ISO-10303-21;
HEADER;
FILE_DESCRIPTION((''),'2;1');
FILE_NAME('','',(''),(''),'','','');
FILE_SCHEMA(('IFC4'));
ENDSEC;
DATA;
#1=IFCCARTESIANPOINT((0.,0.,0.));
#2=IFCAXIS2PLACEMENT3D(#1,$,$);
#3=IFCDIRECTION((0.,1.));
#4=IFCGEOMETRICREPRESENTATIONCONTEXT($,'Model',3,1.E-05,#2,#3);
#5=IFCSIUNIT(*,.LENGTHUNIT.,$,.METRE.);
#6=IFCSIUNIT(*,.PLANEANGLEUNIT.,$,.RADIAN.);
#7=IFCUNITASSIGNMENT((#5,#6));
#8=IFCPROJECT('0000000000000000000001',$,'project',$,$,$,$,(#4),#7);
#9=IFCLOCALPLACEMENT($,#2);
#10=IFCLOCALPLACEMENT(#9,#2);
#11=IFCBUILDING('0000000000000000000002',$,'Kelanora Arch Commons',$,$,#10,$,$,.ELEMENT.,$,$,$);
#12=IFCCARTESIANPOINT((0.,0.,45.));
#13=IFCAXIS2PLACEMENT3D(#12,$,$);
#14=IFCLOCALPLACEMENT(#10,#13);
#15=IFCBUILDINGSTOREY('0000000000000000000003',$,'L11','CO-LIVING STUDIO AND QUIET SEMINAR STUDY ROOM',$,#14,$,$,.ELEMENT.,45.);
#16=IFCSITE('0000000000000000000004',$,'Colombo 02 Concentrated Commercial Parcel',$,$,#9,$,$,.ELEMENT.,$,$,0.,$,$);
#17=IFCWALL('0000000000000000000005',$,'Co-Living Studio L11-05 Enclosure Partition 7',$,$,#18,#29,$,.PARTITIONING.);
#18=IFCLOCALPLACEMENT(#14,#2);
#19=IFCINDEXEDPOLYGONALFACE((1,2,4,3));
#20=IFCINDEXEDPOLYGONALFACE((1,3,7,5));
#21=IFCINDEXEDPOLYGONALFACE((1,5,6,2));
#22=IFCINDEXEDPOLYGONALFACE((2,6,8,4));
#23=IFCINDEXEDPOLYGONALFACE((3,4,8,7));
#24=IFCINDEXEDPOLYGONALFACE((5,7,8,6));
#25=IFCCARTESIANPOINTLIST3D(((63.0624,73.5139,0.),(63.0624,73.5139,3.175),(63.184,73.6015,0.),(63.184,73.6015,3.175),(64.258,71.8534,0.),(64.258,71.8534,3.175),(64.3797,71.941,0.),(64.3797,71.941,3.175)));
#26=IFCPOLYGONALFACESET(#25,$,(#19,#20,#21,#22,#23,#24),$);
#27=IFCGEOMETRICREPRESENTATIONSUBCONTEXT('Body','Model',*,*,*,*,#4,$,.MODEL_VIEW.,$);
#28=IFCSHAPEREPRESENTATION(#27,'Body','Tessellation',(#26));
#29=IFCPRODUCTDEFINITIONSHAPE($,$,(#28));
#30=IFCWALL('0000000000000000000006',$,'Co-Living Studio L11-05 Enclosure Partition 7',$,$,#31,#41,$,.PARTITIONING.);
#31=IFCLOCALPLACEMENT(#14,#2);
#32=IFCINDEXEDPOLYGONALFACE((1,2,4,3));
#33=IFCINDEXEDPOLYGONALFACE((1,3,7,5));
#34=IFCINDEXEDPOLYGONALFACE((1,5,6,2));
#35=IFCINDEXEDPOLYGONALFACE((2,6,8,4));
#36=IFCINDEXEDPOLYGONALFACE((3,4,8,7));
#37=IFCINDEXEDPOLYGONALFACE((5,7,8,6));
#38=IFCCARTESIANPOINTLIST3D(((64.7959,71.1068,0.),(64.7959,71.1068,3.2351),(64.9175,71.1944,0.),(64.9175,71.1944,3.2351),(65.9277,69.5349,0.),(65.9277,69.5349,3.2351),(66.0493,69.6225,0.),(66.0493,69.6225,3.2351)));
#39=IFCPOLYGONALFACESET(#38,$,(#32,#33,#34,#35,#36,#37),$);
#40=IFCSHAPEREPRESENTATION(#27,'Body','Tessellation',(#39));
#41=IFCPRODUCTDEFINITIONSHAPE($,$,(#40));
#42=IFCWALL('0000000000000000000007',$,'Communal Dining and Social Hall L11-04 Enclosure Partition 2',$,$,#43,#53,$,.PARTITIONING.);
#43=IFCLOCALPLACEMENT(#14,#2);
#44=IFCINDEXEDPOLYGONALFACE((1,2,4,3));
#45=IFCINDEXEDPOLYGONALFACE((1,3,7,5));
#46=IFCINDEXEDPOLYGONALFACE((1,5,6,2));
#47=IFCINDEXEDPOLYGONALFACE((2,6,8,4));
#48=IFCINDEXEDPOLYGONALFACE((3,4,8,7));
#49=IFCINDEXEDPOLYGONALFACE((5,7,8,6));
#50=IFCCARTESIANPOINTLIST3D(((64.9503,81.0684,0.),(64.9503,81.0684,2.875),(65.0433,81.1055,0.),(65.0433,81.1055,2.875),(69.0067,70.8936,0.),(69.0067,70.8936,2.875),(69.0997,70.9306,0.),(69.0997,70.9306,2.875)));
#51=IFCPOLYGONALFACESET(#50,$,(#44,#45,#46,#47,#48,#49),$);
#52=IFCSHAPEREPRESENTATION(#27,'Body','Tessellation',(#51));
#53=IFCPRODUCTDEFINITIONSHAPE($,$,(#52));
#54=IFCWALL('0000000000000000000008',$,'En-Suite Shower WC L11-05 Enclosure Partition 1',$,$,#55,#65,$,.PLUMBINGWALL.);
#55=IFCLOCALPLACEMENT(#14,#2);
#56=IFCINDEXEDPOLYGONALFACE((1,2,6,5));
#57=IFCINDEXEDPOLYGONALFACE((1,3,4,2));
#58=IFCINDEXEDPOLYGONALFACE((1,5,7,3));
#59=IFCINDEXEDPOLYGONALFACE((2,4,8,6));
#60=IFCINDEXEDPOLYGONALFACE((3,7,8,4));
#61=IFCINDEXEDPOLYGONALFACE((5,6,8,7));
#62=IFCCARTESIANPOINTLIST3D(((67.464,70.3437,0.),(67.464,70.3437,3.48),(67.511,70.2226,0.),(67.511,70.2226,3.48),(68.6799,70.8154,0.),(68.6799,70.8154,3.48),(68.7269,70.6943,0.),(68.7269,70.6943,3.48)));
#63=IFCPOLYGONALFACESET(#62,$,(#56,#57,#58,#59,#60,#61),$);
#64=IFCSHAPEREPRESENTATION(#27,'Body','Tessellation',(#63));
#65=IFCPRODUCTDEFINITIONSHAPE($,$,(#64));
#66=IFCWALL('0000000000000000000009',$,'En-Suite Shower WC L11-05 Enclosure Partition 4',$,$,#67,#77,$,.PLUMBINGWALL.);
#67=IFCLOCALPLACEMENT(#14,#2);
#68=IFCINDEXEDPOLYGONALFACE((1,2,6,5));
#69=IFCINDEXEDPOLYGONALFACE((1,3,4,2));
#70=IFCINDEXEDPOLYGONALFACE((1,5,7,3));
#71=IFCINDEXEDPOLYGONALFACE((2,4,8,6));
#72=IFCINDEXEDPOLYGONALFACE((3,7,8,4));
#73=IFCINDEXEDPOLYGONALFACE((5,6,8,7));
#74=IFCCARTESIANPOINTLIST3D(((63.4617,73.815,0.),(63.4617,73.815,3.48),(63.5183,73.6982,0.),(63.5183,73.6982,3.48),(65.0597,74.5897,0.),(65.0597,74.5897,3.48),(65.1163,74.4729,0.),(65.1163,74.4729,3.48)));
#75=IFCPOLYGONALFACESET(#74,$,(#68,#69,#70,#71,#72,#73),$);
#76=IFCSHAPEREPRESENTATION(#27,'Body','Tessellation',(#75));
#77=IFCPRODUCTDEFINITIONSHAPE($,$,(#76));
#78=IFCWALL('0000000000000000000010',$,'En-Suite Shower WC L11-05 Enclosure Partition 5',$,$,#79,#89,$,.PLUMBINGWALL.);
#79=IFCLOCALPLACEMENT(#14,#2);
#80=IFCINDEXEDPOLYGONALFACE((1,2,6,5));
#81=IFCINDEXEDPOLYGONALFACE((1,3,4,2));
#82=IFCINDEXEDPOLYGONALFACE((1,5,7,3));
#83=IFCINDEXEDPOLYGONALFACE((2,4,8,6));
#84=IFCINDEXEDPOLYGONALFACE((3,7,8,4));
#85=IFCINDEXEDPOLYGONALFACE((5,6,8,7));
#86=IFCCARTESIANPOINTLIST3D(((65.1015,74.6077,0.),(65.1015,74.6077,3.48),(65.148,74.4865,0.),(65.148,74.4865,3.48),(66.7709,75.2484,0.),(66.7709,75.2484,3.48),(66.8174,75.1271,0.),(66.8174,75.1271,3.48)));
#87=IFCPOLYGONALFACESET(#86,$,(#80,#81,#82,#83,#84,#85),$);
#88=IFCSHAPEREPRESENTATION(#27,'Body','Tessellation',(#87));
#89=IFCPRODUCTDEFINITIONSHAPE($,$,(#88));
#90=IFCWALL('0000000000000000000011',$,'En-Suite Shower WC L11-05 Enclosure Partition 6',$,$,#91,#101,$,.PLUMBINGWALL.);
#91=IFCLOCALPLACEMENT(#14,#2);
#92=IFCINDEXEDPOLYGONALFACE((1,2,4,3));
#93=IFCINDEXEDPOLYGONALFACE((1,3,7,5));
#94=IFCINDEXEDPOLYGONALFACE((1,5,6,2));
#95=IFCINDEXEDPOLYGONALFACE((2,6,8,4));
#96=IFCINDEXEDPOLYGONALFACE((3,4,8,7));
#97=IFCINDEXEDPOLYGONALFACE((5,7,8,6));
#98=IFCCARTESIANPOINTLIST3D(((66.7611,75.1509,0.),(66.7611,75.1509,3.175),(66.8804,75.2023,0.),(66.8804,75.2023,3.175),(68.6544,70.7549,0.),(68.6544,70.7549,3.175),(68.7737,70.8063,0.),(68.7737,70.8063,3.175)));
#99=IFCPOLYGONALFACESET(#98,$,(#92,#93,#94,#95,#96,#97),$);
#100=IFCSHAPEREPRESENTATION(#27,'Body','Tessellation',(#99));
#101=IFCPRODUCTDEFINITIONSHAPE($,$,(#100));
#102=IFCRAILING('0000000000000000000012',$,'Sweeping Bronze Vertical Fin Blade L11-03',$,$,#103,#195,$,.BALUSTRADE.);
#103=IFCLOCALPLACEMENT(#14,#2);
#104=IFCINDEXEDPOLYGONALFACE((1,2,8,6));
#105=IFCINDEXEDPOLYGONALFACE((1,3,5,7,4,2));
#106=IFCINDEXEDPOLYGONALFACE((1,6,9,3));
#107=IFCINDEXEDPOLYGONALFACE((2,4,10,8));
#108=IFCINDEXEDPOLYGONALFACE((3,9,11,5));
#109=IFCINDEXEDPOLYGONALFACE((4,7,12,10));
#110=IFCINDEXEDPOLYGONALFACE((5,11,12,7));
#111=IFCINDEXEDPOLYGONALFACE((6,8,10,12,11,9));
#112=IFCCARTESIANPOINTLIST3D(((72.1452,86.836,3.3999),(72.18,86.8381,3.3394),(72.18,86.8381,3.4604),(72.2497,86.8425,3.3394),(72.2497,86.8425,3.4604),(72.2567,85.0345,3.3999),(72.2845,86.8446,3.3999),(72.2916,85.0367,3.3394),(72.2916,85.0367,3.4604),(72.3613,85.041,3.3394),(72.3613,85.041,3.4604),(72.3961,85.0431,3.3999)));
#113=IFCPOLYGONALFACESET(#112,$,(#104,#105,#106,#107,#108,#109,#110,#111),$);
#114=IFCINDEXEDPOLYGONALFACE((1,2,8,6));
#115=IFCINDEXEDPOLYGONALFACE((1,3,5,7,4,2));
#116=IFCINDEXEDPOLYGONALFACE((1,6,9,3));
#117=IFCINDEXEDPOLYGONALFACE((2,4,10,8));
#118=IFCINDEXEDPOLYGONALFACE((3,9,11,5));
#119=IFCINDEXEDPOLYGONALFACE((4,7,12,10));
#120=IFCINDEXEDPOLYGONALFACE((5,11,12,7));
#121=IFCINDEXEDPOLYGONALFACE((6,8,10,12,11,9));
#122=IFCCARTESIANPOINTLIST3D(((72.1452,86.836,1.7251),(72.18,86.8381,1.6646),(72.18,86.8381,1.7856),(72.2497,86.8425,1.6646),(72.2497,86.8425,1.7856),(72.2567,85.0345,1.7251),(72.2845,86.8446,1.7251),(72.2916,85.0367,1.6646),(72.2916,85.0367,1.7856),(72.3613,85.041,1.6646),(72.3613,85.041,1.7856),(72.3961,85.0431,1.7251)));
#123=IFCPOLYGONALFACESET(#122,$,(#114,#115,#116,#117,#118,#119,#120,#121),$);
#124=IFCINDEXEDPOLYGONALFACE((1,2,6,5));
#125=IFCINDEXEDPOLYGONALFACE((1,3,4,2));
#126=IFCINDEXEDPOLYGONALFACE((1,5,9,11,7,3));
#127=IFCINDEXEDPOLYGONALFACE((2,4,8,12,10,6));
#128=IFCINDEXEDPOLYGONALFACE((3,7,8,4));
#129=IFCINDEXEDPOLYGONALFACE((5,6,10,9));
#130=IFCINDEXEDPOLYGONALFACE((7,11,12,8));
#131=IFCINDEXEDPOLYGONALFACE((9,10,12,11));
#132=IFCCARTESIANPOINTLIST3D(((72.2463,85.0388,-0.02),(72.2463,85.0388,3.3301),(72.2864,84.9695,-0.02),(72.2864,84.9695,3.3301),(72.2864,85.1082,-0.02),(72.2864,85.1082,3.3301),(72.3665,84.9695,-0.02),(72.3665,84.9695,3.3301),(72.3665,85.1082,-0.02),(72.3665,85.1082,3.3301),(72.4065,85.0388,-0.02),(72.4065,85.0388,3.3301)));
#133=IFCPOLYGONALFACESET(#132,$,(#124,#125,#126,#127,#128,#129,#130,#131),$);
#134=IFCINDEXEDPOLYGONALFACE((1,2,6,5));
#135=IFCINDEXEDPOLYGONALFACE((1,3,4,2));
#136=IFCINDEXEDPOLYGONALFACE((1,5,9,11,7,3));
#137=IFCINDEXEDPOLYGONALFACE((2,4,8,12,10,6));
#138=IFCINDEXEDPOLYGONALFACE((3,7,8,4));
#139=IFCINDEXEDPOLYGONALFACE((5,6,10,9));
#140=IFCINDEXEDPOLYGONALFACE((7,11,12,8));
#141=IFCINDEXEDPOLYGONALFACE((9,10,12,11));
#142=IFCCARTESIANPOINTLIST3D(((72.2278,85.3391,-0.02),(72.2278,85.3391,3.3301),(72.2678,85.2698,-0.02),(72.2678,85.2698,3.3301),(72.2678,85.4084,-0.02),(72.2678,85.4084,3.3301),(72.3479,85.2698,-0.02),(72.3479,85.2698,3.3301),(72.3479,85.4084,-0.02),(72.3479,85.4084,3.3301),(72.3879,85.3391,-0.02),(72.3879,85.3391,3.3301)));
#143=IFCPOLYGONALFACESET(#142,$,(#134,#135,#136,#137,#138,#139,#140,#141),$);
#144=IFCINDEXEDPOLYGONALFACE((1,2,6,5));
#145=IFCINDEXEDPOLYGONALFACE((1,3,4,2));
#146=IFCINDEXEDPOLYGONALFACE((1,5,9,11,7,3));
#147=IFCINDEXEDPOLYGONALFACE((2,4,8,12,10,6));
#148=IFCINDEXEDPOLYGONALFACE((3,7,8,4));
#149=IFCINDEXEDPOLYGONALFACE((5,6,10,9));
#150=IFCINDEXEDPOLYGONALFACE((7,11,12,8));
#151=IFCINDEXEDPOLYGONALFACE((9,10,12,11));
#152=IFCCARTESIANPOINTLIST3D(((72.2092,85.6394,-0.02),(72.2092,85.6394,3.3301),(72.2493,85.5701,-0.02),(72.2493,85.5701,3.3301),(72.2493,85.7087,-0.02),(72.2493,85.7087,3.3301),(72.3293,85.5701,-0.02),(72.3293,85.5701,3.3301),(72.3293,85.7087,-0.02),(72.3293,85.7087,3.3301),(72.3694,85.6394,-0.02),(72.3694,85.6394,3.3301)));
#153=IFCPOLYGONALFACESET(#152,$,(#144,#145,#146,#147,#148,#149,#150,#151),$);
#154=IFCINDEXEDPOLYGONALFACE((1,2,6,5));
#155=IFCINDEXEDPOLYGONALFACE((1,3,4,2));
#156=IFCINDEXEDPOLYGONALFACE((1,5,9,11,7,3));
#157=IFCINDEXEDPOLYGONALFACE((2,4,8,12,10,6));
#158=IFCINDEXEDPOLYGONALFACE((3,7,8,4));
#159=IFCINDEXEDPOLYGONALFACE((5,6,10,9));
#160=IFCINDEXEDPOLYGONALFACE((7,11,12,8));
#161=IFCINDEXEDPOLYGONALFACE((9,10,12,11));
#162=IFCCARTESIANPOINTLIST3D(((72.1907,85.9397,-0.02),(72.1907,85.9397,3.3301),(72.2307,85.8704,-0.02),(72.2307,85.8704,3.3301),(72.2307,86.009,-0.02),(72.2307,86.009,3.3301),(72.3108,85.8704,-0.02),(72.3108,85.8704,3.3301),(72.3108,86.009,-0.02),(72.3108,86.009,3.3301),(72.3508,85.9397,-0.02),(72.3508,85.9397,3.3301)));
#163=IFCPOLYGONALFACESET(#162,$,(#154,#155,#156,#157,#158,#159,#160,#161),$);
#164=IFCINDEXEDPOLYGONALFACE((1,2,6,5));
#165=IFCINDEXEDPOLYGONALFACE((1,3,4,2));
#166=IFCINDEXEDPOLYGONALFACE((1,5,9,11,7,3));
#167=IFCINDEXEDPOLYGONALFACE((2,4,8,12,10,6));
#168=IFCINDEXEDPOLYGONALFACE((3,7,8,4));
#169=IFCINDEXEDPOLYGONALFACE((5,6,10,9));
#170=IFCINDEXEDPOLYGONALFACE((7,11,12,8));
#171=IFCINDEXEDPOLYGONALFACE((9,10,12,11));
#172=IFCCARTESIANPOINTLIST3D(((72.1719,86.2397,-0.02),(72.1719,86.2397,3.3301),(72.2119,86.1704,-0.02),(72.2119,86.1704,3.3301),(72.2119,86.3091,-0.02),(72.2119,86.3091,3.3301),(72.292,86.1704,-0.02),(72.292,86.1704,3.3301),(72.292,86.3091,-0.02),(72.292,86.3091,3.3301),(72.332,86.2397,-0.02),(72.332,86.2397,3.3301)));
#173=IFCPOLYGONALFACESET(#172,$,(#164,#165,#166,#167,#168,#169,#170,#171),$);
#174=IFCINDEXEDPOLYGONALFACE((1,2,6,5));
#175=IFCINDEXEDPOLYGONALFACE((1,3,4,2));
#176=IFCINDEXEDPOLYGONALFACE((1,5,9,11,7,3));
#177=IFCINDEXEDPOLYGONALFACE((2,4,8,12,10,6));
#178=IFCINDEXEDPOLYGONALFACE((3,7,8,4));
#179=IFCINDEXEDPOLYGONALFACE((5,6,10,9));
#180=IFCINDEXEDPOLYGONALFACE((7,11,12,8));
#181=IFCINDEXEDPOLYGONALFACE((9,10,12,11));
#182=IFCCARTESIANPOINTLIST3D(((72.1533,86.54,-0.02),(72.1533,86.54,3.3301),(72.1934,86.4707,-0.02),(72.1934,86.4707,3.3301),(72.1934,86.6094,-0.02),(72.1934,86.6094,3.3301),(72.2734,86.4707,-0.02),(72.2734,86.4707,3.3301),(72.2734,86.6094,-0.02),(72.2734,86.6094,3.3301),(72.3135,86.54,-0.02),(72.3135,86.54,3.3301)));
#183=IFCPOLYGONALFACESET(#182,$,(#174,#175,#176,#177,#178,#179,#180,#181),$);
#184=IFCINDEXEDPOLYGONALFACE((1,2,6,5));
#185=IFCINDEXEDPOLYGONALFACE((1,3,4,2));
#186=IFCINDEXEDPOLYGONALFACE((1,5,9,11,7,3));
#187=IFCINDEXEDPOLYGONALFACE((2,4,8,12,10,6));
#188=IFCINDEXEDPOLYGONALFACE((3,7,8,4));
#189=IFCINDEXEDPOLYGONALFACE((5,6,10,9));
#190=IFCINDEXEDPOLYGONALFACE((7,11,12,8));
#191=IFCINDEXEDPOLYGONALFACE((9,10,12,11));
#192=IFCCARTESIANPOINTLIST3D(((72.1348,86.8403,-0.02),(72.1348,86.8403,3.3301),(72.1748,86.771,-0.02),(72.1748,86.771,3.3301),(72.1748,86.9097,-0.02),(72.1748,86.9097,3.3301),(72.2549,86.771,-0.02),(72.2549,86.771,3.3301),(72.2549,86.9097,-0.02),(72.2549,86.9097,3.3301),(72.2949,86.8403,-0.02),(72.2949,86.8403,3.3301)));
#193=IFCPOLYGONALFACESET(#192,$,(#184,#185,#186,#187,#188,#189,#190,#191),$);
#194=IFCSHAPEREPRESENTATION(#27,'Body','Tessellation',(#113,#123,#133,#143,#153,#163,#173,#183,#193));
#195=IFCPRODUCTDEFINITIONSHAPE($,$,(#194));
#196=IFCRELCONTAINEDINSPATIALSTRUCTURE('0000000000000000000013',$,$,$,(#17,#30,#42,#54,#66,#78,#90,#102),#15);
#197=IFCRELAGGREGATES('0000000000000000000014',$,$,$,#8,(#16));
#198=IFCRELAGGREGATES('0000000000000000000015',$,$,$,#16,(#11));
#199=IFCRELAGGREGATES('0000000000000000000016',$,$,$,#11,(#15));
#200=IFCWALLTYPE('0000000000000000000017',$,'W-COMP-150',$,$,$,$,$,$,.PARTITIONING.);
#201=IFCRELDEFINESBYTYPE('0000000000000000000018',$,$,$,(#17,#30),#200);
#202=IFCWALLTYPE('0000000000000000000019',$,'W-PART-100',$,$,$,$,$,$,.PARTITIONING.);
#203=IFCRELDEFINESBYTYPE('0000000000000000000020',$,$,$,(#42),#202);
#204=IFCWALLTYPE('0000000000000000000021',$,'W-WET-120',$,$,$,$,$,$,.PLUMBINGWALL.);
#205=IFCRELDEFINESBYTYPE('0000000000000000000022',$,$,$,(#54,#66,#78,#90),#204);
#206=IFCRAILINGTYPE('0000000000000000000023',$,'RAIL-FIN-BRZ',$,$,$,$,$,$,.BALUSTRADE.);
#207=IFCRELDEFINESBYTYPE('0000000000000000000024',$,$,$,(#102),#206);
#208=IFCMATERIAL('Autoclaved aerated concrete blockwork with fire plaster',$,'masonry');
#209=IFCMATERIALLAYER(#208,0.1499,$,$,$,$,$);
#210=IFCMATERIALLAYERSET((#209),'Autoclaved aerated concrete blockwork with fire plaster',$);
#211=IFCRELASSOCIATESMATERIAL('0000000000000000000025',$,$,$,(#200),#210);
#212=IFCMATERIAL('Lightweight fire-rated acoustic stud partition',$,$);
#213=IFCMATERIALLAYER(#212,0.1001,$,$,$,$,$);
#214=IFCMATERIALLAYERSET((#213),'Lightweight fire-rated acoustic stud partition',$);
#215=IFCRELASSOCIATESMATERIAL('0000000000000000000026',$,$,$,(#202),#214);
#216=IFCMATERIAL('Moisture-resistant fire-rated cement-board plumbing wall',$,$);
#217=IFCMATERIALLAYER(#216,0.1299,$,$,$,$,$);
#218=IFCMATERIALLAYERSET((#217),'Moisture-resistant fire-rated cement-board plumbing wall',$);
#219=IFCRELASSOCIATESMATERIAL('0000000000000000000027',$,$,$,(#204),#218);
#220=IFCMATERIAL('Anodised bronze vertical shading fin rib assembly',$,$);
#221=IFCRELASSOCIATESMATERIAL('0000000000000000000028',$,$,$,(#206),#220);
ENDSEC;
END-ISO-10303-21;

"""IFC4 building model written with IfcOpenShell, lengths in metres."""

from ifc_helpers import new_model, si_unit, direction, frame, frame_2d, origin, place, context, subcontext, project, spatial, polyline, rectangle, outline, extrude, material, layer, layer_set, type_object, element, save


model = new_model("IFC4")

# Units and contexts
model_context = context("Model", 3, precision=1e-05, world=origin(), true_north=direction((0.0, 1.0)))
body_context = subcontext(model_context, "Body", "Model", "MODEL_VIEW")
ifc_project = project(units=[si_unit("LENGTHUNIT", "METRE"), si_unit("PLANEANGLEUNIT", "RADIAN")], contexts=[model_context])

# Site, building, storey
site_placement = place(None, origin())
site = spatial("IfcSite", under=ifc_project, at=site_placement, Name="Colombo 02 Concentrated Commercial Parcel", CompositionType="ELEMENT", RefElevation=0.0)
building_placement = place(site_placement, origin())
building = spatial("IfcBuilding", under=site, at=building_placement, Name="Kelanora Arch Commons", CompositionType="ELEMENT")
storey_placement = place(building_placement, frame((0.0, 0.0, 45.0)))
storey = spatial("IfcBuildingStorey", under=building, at=storey_placement, Name="L11", Description="CO-LIVING STUDIO AND QUIET SEMINAR STUDY ROOM", CompositionType="ELEMENT", Elevation=45.0)

# Walls
ifc_material_1 = material(Name="Autoclaved aerated concrete blockwork with fire plaster", Category="masonry")
ifc_layer_1 = layer(ifc_material_1, 0.1499)
ifc_layer_set_1 = layer_set([ifc_layer_1], Name="Autoclaved aerated concrete blockwork with fire plaster")
wall_type_1 = type_object("IfcWallType", Name="W-COMP-150", PredefinedType="PARTITIONING", material=ifc_layer_set_1)
wall_1_placement = place(storey_placement, frame((63.1233, 73.5576, 0.0), z_axis=(0.0, 0.0, 1.0), x_axis=(0.584327, -0.811518, 0.0)))
element("IfcWall", 1, at=wall_1_placement, inside=storey, type_object=wall_type_1, Name="Co-Living Studio L11-05 Enclosure Partition 7", PredefinedType="PARTITIONING", context=body_context, shape_type="SweptSolid", body=[
    extrude(rectangle(XDim=2.0461, YDim=0.1499, at=frame_2d((1.0229, 0.0))), origin(), (0.0, 0.0, 1.0), 3.175),
])
wall_2_placement = place(storey_placement, frame((64.8567, 71.1506, 0.0), z_axis=(0.0, 0.0, 1.0), x_axis=(0.584298, -0.811539, 0.0)))
element("IfcWall", 2, at=wall_2_placement, inside=storey, type_object=wall_type_1, Name="Co-Living Studio L11-05 Enclosure Partition 7", PredefinedType="PARTITIONING", context=body_context, shape_type="SweptSolid", body=[
    extrude(rectangle(XDim=1.937, YDim=0.1499, at=frame_2d((0.9685, 0.0))), origin(), (0.0, 0.0, 1.0), 3.2351),
])
ifc_material_2 = material(Name="Lightweight fire-rated acoustic stud partition")
ifc_layer_2 = layer(ifc_material_2, 0.1001)
ifc_layer_set_2 = layer_set([ifc_layer_2], Name="Lightweight fire-rated acoustic stud partition")
wall_type_2 = type_object("IfcWallType", Name="W-PART-100", PredefinedType="PARTITIONING", material=ifc_layer_set_2)
wall_3_placement = place(storey_placement, frame((69.0532, 70.9121, 0.0), z_axis=(0.0, 0.0, 1.0), x_axis=(-0.370326, 0.928902, 0.0)))
element("IfcWall", 3, at=wall_3_placement, inside=storey, type_object=wall_type_2, Name="Communal Dining and Social Hall L11-04 Enclosure Partition 2", PredefinedType="PARTITIONING", context=body_context, shape_type="SweptSolid", body=[
    extrude(rectangle(XDim=10.9536, YDim=0.1001, at=frame_2d((5.4768, 0.0))), origin(), (0.0, 0.0, 1.0), 2.875),
])
ifc_material_3 = material(Name="Moisture-resistant fire-rated cement-board plumbing wall")
ifc_layer_3 = layer(ifc_material_3, 0.1299)
ifc_layer_set_3 = layer_set([ifc_layer_3], Name="Moisture-resistant fire-rated cement-board plumbing wall")
wall_type_3 = type_object("IfcWallType", Name="W-WET-120", PredefinedType="PLUMBINGWALL", material=ifc_layer_set_3)
wall_4_placement = place(storey_placement, frame((68.7034, 70.7549, 0.0), z_axis=(0.0, 0.0, 1.0), x_axis=(-0.932299, -0.361687, 0.0)))
element("IfcWall", 4, at=wall_4_placement, inside=storey, type_object=wall_type_3, Name="En-Suite Shower WC L11-05 Enclosure Partition 1", PredefinedType="PLUMBINGWALL", context=body_context, shape_type="SweptSolid", body=[
    extrude(rectangle(XDim=1.3042, YDim=0.1299, at=frame_2d((0.6521, 0.0))), origin(), (0.0, 0.0, 1.0), 3.48),
])
wall_5_placement = place(storey_placement, frame((63.49, 73.7566, 0.0), z_axis=(0.0, 0.0, 1.0), x_axis=(0.899832, 0.436236, 0.0)))
element("IfcWall", 5, at=wall_5_placement, inside=storey, type_object=wall_type_3, Name="En-Suite Shower WC L11-05 Enclosure Partition 4", PredefinedType="PLUMBINGWALL", context=body_context, shape_type="SweptSolid", body=[
    extrude(rectangle(XDim=1.7759, YDim=0.1299, at=frame_2d((0.8879, 0.0))), origin(), (0.0, 0.0, 1.0), 3.48),
])
wall_6_placement = place(storey_placement, frame((65.1248, 74.5471, 0.0), z_axis=(0.0, 0.0, 1.0), x_axis=(0.93362, 0.358265, 0.0)))
element("IfcWall", 6, at=wall_6_placement, inside=storey, type_object=wall_type_3, Name="En-Suite Shower WC L11-05 Enclosure Partition 5", PredefinedType="PLUMBINGWALL", context=body_context, shape_type="SweptSolid", body=[
    extrude(rectangle(XDim=1.7881, YDim=0.1299, at=frame_2d((0.894, 0.0))), origin(), (0.0, 0.0, 1.0), 3.48),
])
wall_7_placement = place(storey_placement, frame((66.8208, 75.1765, 0.0), z_axis=(0.0, 0.0, 1.0), x_axis=(0.395562, -0.918439, 0.0)))
element("IfcWall", 7, at=wall_7_placement, inside=storey, type_object=wall_type_3, Name="En-Suite Shower WC L11-05 Enclosure Partition 6", PredefinedType="PLUMBINGWALL", context=body_context, shape_type="SweptSolid", body=[
    extrude(rectangle(XDim=4.7864, YDim=0.1299, at=frame_2d((2.3931, 0.0))), origin(), (0.0, 0.0, 1.0), 3.175),
])

# Railing
ifc_material_4 = material(Name="Anodised bronze vertical shading fin rib assembly")
railing_type = type_object("IfcRailingType", Name="RAIL-FIN-BRZ", PredefinedType="BALUSTRADE", material=ifc_material_4)
railing_placement = place(storey_placement, frame((72.3264, 85.0388, -0.02)))
element("IfcRailing", 8, at=railing_placement, inside=storey, type_object=railing_type, Name="Sweeping Bronze Vertical Fin Blade L11-03", PredefinedType="BALUSTRADE", context=body_context, shape_type="SweptSolid", body=[
    extrude(outline(polyline([(0.0698, 0.0), (0.0349, 0.0605), (-0.0349, 0.0605), (-0.0698, 0.0), (-0.0349, -0.0605), (0.0349, -0.0605), (0.0698, 0.0)])), frame((0.0, 0.0, 3.4199), z_axis=(-0.061814, 0.998088, 0.0), x_axis=(-0.998088, -0.061814, 0.0)), (0.0, 0.0, 1.0), 1.8049),
    extrude(outline(polyline([(0.0698, 0.0), (0.0349, 0.0605), (-0.0349, 0.0605), (-0.0698, 0.0), (-0.0349, -0.0605), (0.0349, -0.0605), (0.0698, 0.0)])), frame((0.0, 0.0, 1.7451), z_axis=(-0.061814, 0.998088, 0.0), x_axis=(-0.998088, -0.061814, 0.0)), (0.0, 0.0, 1.0), 1.8049),
    extrude(outline(polyline([(0.0801, 0.0), (0.04, 0.0693), (-0.04, 0.0693), (-0.0801, 0.0), (-0.04, -0.0693), (0.04, -0.0693), (0.0801, 0.0)])), origin(), (0.0, 0.0, 1.0), 3.3501),
    extrude(outline(polyline([(0.0801, 0.0), (0.04, 0.0693), (-0.04, 0.0693), (-0.0801, 0.0), (-0.04, -0.0693), (0.04, -0.0693), (0.0801, 0.0)])), frame((-0.0186, 0.3003, 0.0)), (0.0, 0.0, 1.0), 3.3501),
    extrude(outline(polyline([(0.0801, 0.0), (0.04, 0.0693), (-0.04, 0.0693), (-0.0801, 0.0), (-0.04, -0.0693), (0.04, -0.0693), (0.0801, 0.0)])), frame((-0.0371, 0.6006, 0.0)), (0.0, 0.0, 1.0), 3.3501),
    extrude(outline(polyline([(0.0801, 0.0), (0.04, 0.0693), (-0.04, 0.0693), (-0.0801, 0.0), (-0.04, -0.0693), (0.04, -0.0693), (0.0801, 0.0)])), frame((-0.0557, 0.9009, 0.0)), (0.0, 0.0, 1.0), 3.3501),
    extrude(outline(polyline([(0.0801, 0.0), (0.04, 0.0693), (-0.04, 0.0693), (-0.0801, 0.0), (-0.04, -0.0693), (0.04, -0.0693), (0.0801, 0.0)])), frame((-0.0745, 1.2009, 0.0)), (0.0, 0.0, 1.0), 3.3501),
    extrude(outline(polyline([(0.0801, 0.0), (0.04, 0.0693), (-0.04, 0.0693), (-0.0801, 0.0), (-0.04, -0.0693), (0.04, -0.0693), (0.0801, 0.0)])), frame((-0.093, 1.5012, 0.0)), (0.0, 0.0, 1.0), 3.3501),
    extrude(outline(polyline([(0.0801, 0.0), (0.04, 0.0693), (-0.04, 0.0693), (-0.0801, 0.0), (-0.04, -0.0693), (0.04, -0.0693), (0.0801, 0.0)])), frame((-0.1116, 1.8015, 0.0)), (0.0, 0.0, 1.0), 3.3501),
])

save(model, "model.ifc")
